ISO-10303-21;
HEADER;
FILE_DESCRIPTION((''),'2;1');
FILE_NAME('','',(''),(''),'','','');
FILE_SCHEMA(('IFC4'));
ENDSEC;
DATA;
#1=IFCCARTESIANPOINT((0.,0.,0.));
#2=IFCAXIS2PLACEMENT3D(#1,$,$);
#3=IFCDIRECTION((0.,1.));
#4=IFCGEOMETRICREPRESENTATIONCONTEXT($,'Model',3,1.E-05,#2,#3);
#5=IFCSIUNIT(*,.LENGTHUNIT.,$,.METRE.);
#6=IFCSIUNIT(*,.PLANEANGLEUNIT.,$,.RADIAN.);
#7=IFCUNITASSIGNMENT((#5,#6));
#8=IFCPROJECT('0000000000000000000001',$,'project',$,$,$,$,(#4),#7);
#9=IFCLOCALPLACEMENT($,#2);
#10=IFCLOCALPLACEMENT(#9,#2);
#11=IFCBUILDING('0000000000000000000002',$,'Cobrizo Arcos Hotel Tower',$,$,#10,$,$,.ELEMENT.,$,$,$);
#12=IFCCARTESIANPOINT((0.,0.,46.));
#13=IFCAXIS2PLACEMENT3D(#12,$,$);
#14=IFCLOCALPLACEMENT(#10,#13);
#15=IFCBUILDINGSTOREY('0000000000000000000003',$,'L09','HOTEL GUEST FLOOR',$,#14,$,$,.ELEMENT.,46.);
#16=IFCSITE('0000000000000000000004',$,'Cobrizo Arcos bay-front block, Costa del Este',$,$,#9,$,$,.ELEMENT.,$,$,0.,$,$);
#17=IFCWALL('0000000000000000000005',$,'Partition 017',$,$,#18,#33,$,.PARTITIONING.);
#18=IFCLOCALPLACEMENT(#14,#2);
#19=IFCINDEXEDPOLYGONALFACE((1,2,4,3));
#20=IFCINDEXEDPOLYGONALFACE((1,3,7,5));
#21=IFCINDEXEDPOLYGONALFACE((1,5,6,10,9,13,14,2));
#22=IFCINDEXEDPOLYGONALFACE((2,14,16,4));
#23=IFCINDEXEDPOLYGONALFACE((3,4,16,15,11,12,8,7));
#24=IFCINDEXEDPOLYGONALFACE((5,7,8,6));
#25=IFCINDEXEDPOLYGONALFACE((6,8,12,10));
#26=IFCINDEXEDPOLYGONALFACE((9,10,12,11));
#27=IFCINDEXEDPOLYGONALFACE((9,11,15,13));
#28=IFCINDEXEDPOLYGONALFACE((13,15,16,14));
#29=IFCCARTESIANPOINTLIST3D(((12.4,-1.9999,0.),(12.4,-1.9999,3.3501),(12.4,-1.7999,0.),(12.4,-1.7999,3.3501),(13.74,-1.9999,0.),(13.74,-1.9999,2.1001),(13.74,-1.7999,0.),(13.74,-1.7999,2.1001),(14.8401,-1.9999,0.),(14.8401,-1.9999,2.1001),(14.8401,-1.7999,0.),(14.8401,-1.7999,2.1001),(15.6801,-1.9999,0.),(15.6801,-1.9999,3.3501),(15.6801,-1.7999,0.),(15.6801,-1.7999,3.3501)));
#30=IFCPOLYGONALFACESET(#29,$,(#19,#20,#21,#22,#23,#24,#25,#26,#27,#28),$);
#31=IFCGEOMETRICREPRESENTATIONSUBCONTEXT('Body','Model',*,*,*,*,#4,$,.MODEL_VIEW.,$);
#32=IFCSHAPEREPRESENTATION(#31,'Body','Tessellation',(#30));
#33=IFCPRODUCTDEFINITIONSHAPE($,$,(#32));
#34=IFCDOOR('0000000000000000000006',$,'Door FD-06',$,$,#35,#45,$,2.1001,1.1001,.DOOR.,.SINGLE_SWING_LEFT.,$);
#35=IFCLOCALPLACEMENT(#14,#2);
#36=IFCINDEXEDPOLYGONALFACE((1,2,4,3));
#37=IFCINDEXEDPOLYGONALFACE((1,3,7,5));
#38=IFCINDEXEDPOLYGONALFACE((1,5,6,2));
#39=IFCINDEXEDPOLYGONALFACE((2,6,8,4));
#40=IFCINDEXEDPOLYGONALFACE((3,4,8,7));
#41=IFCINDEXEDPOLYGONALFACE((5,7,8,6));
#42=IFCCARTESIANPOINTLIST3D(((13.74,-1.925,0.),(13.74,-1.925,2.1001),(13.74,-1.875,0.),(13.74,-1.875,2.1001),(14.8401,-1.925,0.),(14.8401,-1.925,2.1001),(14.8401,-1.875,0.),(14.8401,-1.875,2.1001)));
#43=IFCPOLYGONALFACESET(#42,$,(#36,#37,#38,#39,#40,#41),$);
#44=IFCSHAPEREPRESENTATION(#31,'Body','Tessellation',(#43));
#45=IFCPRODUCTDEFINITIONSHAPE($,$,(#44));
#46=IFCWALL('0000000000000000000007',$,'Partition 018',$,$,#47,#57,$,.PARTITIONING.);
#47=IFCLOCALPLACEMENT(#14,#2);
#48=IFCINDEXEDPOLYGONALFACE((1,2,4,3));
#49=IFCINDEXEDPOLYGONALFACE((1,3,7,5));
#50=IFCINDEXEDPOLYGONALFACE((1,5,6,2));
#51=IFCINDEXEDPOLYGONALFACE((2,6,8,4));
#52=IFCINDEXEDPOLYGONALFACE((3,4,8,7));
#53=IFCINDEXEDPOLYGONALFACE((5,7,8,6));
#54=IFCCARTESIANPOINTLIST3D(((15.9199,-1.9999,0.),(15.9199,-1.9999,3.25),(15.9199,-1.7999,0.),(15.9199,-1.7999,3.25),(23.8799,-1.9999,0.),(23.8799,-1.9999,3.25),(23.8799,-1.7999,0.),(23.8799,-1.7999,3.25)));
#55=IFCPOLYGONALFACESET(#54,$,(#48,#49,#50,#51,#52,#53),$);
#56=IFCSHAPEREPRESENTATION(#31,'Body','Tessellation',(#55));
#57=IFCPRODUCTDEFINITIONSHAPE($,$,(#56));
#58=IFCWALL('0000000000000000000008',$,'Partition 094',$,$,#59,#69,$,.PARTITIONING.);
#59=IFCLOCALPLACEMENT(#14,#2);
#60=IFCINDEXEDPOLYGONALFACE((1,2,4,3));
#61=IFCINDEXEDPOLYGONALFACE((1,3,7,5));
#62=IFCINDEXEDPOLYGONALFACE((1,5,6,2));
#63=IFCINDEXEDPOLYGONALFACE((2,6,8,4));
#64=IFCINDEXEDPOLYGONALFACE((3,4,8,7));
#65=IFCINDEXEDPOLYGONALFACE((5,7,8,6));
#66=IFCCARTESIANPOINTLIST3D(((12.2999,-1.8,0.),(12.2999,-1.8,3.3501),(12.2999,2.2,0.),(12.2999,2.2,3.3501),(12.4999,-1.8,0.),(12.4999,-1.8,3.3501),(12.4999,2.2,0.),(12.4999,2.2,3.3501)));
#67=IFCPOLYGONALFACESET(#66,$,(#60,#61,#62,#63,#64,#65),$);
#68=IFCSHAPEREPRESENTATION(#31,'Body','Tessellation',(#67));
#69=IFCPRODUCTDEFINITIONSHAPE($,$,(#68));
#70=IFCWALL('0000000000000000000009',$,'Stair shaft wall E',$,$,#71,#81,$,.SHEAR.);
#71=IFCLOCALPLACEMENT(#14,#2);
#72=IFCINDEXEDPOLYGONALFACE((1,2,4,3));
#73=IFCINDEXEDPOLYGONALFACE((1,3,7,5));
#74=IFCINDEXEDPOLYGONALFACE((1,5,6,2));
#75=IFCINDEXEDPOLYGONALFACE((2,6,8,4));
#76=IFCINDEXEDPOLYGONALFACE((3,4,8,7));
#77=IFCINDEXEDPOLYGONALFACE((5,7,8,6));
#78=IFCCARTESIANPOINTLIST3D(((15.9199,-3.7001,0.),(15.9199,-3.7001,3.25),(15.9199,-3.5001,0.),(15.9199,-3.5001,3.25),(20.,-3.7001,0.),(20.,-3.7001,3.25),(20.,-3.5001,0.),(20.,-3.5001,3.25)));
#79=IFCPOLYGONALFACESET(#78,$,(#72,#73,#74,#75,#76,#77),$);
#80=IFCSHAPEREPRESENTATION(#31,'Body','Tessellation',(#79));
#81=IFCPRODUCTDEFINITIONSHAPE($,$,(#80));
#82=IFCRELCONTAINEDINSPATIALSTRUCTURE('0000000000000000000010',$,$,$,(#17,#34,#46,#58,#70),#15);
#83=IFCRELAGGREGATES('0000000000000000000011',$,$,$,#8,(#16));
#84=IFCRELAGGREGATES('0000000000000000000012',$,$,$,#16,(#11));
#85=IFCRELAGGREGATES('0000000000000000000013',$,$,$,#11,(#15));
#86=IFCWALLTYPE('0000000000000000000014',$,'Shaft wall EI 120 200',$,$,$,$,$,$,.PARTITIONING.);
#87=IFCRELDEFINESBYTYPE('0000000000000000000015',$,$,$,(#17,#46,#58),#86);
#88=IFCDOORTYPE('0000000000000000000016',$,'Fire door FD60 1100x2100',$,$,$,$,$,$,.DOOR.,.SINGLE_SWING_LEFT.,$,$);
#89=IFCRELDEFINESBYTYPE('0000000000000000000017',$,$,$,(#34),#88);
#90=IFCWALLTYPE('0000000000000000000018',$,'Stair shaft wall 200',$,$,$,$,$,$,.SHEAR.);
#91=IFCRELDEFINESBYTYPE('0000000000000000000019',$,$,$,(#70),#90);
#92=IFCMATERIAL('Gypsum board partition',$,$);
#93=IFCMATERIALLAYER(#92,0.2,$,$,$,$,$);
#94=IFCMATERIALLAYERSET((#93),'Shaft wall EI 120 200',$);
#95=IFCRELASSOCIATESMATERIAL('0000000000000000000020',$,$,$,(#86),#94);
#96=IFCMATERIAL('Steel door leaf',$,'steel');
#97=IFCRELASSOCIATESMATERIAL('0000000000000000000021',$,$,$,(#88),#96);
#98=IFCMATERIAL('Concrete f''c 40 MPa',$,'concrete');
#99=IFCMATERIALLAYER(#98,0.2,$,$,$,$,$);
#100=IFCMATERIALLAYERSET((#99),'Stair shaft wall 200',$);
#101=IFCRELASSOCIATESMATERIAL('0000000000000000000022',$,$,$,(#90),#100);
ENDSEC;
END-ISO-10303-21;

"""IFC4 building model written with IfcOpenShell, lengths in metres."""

from ifc_helpers import new_model, si_unit, direction, frame, frame_2d, origin, place, context, subcontext, project, spatial, rectangle, extrude, material, layer, layer_set, type_object, element, fill, save


model = new_model("IFC4")

# Units and contexts
model_context = context("Model", 3, precision=1e-05, world=origin(), true_north=direction((0.0, 1.0)))
body_context = subcontext(model_context, "Body", "Model", "MODEL_VIEW")
ifc_project = project(units=[si_unit("LENGTHUNIT", "METRE"), si_unit("PLANEANGLEUNIT", "RADIAN")], contexts=[model_context])

# Site, building, storey
site_placement = place(None, origin())
site = spatial("IfcSite", under=ifc_project, at=site_placement, Name="Cobrizo Arcos bay-front block, Costa del Este", CompositionType="ELEMENT", RefElevation=0.0)
building_placement = place(site_placement, origin())
building = spatial("IfcBuilding", under=site, at=building_placement, Name="Cobrizo Arcos Hotel Tower", CompositionType="ELEMENT")
storey_placement = place(building_placement, frame((0.0, 0.0, 46.0)))
storey = spatial("IfcBuildingStorey", under=building, at=storey_placement, Name="L09", Description="HOTEL GUEST FLOOR", CompositionType="ELEMENT", Elevation=46.0)

# Shared definitions
ifc_material_1 = material(Name="Gypsum board partition")

# Wall, opening, door
ifc_layer_1 = layer(ifc_material_1, 0.2)
ifc_layer_set_1 = layer_set([ifc_layer_1], Name="Shaft wall EI 120 200")
wall_type_1 = type_object("IfcWallType", Name="Shaft wall EI 120 200", PredefinedType="PARTITIONING", material=ifc_layer_set_1)
wall_1_placement = place(storey_placement, frame((12.3999, -1.8999, 0.0), z_axis=(0.0, 0.0, 1.0), x_axis=(1.0, 0.0, 0.0)))
wall_1 = element("IfcWall", 1, at=wall_1_placement, inside=storey, type_object=wall_type_1, Name="Partition 017", PredefinedType="PARTITIONING", context=body_context, shape_type="SweptSolid", body=[
    extrude(rectangle(XDim=3.28, YDim=0.2, at=frame_2d((1.6401, 0.0))), origin(), (0.0, 0.0, 1.0), 3.3501),
])
opening_placement = place(wall_1_placement, frame((1.3401, 0.0, 0.0)))
opening = element("IfcOpeningElement", 2, at=opening_placement, cuts=wall_1, PredefinedType="OPENING", context=body_context, shape_type="SweptSolid", body=[
    extrude(rectangle(XDim=1.1001, YDim=2.1001, at=frame_2d((0.55, 1.05))), frame((0.0, 0.1121, 0.0), z_axis=(0.0, -1.0, 0.0), x_axis=(1.0, 0.0, 0.0)), (0.0, 0.0, 1.0), 0.2239),
])
ifc_material_2 = material(Name="Steel door leaf", Category="steel")
door_type = type_object("IfcDoorType", Name="Fire door FD60 1100x2100", OperationType="SINGLE_SWING_LEFT", PredefinedType="DOOR", material=ifc_material_2)
door_placement = place(opening_placement, origin())
door = element("IfcDoor", 3, at=door_placement, inside=storey, type_object=door_type, Name="Door FD-06", OperationType="SINGLE_SWING_LEFT", OverallHeight=2.1001, OverallWidth=1.1001, PredefinedType="DOOR", context=body_context, shape_type="SweptSolid", body=[
    extrude(rectangle(XDim=1.1001, YDim=2.1001, at=frame_2d((0.55, 1.05))), frame((0.0, 0.0249, 0.0), z_axis=(0.0, -1.0, 0.0), x_axis=(1.0, 0.0, 0.0)), (0.0, 0.0, 1.0), 0.05),
])
fill(opening, door)

# Walls
wall_2_placement = place(storey_placement, frame((15.9199, -1.8999, 0.0), z_axis=(0.0, 0.0, 1.0), x_axis=(1.0, 0.0, 0.0)))
element("IfcWall", 4, at=wall_2_placement, inside=storey, type_object=wall_type_1, Name="Partition 018", PredefinedType="PARTITIONING", context=body_context, shape_type="SweptSolid", body=[
    extrude(rectangle(XDim=7.96, YDim=0.2, at=frame_2d((3.98, 0.0))), origin(), (0.0, 0.0, 1.0), 3.25),
])
wall_3_placement = place(storey_placement, frame((12.3999, -1.8, 0.0), z_axis=(0.0, 0.0, 1.0), x_axis=(0.0, 1.0, 0.0)))
element("IfcWall", 5, at=wall_3_placement, inside=storey, type_object=wall_type_1, Name="Partition 094", PredefinedType="PARTITIONING", context=body_context, shape_type="SweptSolid", body=[
    extrude(rectangle(XDim=4.0, YDim=0.2, at=frame_2d((2.0, 0.0))), origin(), (0.0, 0.0, 1.0), 3.3501),
])
ifc_material_3 = material(Name="Concrete f'c 40 MPa", Category="concrete")
ifc_layer_2 = layer(ifc_material_3, 0.2)
ifc_layer_set_2 = layer_set([ifc_layer_2], Name="Stair shaft wall 200")
wall_type_2 = type_object("IfcWallType", Name="Stair shaft wall 200", PredefinedType="SHEAR", material=ifc_layer_set_2)
wall_4_placement = place(storey_placement, frame((15.9199, -3.6001, 0.0), z_axis=(0.0, 0.0, 1.0), x_axis=(1.0, 0.0, 0.0)))
element("IfcWall", 6, at=wall_4_placement, inside=storey, type_object=wall_type_2, Name="Stair shaft wall E", PredefinedType="SHEAR", context=body_context, shape_type="SweptSolid", body=[
    extrude(rectangle(XDim=4.0801, YDim=0.2, at=frame_2d((2.04, 0.0))), origin(), (0.0, 0.0, 1.0), 3.25),
])

save(model, "model.ifc")
